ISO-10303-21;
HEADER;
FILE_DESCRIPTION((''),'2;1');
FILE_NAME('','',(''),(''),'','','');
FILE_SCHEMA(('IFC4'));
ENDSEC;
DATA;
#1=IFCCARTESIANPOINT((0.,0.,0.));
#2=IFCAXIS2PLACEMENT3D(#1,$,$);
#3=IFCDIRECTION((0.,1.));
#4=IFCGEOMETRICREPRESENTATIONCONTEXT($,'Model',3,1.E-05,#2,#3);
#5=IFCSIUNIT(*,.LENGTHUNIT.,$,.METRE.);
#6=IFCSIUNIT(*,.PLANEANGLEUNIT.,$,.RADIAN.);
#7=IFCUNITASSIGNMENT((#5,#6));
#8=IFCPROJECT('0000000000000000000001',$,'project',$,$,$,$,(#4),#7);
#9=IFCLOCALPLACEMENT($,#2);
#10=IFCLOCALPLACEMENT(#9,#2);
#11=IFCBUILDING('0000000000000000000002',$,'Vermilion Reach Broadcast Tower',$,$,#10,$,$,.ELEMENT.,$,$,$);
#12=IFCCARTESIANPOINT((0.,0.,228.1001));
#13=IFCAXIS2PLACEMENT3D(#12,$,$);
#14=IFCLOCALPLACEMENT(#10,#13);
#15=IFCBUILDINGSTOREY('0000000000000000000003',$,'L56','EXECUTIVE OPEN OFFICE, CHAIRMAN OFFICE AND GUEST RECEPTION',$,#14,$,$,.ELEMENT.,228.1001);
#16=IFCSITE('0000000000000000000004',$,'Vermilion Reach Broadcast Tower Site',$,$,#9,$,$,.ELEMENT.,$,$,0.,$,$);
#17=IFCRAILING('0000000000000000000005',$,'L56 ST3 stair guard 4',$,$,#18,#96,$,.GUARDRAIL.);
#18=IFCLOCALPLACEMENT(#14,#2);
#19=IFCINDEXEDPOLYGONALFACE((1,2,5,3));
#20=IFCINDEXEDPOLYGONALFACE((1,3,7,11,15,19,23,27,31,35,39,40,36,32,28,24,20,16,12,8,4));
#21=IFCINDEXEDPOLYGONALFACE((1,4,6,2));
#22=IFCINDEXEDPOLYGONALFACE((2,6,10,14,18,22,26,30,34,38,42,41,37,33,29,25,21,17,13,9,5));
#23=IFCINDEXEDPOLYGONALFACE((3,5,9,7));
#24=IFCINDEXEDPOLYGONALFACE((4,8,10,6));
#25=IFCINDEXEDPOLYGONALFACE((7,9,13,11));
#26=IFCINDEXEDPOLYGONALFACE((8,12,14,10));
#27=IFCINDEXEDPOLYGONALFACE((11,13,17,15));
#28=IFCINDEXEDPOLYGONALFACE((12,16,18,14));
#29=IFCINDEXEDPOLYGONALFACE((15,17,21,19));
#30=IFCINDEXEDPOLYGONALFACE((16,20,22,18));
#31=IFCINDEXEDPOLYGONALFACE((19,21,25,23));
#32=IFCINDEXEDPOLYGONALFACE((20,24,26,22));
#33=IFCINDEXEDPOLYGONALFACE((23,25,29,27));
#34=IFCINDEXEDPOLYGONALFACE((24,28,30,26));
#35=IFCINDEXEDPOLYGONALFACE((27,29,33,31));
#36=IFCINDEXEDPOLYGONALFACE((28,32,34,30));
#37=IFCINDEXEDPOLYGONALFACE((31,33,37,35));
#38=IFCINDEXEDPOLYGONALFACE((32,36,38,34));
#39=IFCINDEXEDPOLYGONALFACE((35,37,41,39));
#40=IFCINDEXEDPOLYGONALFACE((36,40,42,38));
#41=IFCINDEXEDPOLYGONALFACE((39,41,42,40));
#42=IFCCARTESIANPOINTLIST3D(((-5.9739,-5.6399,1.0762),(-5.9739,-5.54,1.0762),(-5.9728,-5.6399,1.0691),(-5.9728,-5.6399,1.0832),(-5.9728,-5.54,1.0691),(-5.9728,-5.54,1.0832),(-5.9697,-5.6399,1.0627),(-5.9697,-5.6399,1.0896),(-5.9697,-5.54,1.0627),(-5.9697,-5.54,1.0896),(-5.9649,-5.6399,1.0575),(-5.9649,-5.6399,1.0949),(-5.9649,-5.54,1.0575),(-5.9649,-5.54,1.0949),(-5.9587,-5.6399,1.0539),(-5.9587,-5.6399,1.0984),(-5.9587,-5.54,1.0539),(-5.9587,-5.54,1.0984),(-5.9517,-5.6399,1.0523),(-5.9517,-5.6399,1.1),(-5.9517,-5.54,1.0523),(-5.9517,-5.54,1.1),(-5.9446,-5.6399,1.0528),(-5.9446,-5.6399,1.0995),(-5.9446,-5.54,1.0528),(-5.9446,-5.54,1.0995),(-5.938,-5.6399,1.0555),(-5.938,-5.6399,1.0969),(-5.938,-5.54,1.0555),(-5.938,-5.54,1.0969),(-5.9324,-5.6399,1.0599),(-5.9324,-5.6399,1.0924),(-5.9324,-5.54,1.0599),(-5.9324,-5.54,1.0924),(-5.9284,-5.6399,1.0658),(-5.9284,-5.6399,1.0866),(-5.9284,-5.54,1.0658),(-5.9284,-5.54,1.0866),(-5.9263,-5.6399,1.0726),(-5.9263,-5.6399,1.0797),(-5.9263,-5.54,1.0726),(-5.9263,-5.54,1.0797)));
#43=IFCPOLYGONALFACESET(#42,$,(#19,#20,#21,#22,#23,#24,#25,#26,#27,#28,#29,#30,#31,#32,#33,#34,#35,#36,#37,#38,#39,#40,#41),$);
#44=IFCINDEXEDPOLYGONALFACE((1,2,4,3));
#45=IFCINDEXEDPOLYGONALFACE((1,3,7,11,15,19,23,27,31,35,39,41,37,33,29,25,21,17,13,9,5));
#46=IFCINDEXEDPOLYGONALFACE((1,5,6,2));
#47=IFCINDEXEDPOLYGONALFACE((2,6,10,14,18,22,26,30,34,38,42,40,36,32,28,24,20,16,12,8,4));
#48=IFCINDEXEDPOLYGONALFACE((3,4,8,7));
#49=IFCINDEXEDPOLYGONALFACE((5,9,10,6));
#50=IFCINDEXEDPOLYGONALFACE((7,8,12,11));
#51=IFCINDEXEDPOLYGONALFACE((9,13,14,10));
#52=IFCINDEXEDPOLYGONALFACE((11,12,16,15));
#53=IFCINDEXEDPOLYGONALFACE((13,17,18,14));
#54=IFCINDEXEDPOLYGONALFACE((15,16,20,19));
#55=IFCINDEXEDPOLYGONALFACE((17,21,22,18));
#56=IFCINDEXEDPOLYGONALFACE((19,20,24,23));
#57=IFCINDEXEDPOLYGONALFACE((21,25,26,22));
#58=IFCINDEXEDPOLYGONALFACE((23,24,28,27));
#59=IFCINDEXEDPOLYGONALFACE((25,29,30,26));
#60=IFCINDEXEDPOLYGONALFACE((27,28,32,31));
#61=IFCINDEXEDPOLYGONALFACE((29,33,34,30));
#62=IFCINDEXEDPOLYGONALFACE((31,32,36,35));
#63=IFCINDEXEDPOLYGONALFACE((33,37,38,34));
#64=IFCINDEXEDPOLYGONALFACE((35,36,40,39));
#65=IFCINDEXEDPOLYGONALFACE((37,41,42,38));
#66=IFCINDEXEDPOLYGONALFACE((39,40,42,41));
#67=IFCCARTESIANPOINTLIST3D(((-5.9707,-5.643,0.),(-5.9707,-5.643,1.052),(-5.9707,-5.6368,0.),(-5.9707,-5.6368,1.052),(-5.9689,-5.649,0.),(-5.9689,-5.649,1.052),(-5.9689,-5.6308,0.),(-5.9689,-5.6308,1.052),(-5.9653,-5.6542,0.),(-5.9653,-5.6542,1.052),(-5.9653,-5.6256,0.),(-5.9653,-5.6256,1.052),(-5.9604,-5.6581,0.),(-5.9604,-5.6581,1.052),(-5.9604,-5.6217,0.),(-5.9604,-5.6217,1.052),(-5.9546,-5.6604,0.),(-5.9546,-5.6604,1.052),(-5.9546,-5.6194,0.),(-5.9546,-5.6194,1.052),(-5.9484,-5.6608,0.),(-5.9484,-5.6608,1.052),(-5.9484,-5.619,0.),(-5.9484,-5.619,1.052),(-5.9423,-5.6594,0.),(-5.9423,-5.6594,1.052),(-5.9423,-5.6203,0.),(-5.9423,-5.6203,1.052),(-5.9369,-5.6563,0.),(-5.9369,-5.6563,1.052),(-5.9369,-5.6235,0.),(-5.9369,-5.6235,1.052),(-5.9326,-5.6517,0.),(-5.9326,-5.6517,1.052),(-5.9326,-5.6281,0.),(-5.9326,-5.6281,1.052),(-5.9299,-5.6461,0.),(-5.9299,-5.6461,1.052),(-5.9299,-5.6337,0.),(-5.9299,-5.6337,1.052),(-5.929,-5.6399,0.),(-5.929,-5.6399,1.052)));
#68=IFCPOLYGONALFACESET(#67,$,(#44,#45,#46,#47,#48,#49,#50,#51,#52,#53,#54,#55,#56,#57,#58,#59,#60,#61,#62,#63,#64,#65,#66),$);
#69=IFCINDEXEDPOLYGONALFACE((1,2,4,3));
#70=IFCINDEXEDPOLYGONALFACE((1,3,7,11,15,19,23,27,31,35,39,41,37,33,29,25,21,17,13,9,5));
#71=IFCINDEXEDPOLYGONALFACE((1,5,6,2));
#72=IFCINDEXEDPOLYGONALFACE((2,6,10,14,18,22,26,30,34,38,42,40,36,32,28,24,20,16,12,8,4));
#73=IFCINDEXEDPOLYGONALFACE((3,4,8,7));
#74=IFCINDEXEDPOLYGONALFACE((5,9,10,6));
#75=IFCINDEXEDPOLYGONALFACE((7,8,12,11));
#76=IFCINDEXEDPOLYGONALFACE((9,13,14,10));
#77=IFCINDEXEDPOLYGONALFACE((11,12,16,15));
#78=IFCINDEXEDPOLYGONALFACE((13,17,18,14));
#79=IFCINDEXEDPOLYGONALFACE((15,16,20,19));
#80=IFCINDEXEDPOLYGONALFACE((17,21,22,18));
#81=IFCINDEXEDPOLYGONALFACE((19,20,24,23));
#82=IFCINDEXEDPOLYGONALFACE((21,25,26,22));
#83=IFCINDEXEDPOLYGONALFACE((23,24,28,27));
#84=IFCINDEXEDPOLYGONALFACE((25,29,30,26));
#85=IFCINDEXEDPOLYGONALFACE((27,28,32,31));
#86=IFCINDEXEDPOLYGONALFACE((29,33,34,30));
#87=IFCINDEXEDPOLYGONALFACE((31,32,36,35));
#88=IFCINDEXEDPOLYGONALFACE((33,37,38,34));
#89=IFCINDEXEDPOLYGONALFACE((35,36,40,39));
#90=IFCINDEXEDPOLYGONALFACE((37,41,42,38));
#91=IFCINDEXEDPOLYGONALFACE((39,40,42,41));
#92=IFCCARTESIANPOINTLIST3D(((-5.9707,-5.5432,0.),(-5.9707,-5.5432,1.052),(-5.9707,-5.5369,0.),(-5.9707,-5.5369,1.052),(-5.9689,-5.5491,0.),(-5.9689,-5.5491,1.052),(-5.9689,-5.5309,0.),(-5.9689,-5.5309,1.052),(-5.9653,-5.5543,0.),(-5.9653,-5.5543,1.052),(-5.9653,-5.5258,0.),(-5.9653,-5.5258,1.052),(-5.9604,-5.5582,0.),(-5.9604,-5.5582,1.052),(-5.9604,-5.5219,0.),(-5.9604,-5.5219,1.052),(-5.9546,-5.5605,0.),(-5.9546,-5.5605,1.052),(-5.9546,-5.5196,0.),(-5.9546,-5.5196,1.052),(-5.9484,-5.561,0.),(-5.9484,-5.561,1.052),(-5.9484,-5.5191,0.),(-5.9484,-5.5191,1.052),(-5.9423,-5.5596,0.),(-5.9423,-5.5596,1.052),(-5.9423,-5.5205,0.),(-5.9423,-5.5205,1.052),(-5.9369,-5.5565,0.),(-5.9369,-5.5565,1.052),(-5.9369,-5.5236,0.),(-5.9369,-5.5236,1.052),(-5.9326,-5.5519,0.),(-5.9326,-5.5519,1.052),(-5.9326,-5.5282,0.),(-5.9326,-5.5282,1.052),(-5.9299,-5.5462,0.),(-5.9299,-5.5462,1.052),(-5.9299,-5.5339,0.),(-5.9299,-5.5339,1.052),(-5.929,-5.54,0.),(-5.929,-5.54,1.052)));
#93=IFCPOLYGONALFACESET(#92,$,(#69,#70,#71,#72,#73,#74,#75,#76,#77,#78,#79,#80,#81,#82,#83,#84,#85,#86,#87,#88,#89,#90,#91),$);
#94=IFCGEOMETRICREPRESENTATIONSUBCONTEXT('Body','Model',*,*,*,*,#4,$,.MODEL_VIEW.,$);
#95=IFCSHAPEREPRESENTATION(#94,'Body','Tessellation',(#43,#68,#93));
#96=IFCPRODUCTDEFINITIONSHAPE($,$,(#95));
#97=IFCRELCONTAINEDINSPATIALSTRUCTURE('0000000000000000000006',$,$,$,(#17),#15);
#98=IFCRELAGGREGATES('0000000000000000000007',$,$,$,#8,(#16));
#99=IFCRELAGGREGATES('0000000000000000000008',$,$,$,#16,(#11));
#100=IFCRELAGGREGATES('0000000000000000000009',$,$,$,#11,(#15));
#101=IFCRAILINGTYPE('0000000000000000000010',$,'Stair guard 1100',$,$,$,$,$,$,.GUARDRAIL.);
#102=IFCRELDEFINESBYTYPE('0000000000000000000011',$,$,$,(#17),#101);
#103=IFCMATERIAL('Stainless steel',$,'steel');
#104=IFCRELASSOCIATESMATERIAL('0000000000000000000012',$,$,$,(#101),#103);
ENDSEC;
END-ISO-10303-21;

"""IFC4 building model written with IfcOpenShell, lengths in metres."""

from ifc_helpers import new_model, si_unit, direction, frame, origin, origin_2d, place, context, subcontext, project, spatial, circle, extrude, material, type_object, element, save


model = new_model("IFC4")

# Units and contexts
model_context = context("Model", 3, precision=1e-05, world=origin(), true_north=direction((0.0, 1.0)))
body_context = subcontext(model_context, "Body", "Model", "MODEL_VIEW")
ifc_project = project(units=[si_unit("LENGTHUNIT", "METRE"), si_unit("PLANEANGLEUNIT", "RADIAN")], contexts=[model_context])

# Site, building, storey
site_placement = place(None, origin())
site = spatial("IfcSite", under=ifc_project, at=site_placement, Name="Vermilion Reach Broadcast Tower Site", CompositionType="ELEMENT", RefElevation=0.0)
building_placement = place(site_placement, origin())
building = spatial("IfcBuilding", under=site, at=building_placement, Name="Vermilion Reach Broadcast Tower", CompositionType="ELEMENT")
storey_placement = place(building_placement, frame((0.0, 0.0, 228.1001)))
storey = spatial("IfcBuildingStorey", under=building, at=storey_placement, Name="L56", Description="EXECUTIVE OPEN OFFICE, CHAIRMAN OFFICE AND GUEST RECEPTION", CompositionType="ELEMENT", Elevation=228.1001)

# Railing
ifc_material_1 = material(Name="Stainless steel", Category="steel")
railing_type_1 = type_object("IfcRailingType", Name="Stair guard 1100", PredefinedType="GUARDRAIL", material=ifc_material_1)
railing_1_placement = place(storey_placement, frame((-5.95, -5.6399, 0.0)))
element("IfcRailing", 1, at=railing_1_placement, inside=storey, type_object=railing_type_1, Name="L56 ST3 stair guard 4", PredefinedType="GUARDRAIL", context=body_context, shape_type="SweptSolid", body=[
    extrude(circle(Radius=0.0239, at=origin_2d()), frame((0.0, 0.0, 1.0762), z_axis=(0.0, 1.0, 0.0), x_axis=(-1.0, 0.0, 0.0)), (0.0, 0.0, 1.0), 0.0999),
    extrude(circle(Radius=0.021, at=origin_2d()), origin(), (0.0, 0.0, 1.0), 1.052),
    extrude(circle(Radius=0.021, at=origin_2d()), frame((0.0, 0.0999, 0.0)), (0.0, 0.0, 1.0), 1.052),
])

save(model, "model.ifc")
